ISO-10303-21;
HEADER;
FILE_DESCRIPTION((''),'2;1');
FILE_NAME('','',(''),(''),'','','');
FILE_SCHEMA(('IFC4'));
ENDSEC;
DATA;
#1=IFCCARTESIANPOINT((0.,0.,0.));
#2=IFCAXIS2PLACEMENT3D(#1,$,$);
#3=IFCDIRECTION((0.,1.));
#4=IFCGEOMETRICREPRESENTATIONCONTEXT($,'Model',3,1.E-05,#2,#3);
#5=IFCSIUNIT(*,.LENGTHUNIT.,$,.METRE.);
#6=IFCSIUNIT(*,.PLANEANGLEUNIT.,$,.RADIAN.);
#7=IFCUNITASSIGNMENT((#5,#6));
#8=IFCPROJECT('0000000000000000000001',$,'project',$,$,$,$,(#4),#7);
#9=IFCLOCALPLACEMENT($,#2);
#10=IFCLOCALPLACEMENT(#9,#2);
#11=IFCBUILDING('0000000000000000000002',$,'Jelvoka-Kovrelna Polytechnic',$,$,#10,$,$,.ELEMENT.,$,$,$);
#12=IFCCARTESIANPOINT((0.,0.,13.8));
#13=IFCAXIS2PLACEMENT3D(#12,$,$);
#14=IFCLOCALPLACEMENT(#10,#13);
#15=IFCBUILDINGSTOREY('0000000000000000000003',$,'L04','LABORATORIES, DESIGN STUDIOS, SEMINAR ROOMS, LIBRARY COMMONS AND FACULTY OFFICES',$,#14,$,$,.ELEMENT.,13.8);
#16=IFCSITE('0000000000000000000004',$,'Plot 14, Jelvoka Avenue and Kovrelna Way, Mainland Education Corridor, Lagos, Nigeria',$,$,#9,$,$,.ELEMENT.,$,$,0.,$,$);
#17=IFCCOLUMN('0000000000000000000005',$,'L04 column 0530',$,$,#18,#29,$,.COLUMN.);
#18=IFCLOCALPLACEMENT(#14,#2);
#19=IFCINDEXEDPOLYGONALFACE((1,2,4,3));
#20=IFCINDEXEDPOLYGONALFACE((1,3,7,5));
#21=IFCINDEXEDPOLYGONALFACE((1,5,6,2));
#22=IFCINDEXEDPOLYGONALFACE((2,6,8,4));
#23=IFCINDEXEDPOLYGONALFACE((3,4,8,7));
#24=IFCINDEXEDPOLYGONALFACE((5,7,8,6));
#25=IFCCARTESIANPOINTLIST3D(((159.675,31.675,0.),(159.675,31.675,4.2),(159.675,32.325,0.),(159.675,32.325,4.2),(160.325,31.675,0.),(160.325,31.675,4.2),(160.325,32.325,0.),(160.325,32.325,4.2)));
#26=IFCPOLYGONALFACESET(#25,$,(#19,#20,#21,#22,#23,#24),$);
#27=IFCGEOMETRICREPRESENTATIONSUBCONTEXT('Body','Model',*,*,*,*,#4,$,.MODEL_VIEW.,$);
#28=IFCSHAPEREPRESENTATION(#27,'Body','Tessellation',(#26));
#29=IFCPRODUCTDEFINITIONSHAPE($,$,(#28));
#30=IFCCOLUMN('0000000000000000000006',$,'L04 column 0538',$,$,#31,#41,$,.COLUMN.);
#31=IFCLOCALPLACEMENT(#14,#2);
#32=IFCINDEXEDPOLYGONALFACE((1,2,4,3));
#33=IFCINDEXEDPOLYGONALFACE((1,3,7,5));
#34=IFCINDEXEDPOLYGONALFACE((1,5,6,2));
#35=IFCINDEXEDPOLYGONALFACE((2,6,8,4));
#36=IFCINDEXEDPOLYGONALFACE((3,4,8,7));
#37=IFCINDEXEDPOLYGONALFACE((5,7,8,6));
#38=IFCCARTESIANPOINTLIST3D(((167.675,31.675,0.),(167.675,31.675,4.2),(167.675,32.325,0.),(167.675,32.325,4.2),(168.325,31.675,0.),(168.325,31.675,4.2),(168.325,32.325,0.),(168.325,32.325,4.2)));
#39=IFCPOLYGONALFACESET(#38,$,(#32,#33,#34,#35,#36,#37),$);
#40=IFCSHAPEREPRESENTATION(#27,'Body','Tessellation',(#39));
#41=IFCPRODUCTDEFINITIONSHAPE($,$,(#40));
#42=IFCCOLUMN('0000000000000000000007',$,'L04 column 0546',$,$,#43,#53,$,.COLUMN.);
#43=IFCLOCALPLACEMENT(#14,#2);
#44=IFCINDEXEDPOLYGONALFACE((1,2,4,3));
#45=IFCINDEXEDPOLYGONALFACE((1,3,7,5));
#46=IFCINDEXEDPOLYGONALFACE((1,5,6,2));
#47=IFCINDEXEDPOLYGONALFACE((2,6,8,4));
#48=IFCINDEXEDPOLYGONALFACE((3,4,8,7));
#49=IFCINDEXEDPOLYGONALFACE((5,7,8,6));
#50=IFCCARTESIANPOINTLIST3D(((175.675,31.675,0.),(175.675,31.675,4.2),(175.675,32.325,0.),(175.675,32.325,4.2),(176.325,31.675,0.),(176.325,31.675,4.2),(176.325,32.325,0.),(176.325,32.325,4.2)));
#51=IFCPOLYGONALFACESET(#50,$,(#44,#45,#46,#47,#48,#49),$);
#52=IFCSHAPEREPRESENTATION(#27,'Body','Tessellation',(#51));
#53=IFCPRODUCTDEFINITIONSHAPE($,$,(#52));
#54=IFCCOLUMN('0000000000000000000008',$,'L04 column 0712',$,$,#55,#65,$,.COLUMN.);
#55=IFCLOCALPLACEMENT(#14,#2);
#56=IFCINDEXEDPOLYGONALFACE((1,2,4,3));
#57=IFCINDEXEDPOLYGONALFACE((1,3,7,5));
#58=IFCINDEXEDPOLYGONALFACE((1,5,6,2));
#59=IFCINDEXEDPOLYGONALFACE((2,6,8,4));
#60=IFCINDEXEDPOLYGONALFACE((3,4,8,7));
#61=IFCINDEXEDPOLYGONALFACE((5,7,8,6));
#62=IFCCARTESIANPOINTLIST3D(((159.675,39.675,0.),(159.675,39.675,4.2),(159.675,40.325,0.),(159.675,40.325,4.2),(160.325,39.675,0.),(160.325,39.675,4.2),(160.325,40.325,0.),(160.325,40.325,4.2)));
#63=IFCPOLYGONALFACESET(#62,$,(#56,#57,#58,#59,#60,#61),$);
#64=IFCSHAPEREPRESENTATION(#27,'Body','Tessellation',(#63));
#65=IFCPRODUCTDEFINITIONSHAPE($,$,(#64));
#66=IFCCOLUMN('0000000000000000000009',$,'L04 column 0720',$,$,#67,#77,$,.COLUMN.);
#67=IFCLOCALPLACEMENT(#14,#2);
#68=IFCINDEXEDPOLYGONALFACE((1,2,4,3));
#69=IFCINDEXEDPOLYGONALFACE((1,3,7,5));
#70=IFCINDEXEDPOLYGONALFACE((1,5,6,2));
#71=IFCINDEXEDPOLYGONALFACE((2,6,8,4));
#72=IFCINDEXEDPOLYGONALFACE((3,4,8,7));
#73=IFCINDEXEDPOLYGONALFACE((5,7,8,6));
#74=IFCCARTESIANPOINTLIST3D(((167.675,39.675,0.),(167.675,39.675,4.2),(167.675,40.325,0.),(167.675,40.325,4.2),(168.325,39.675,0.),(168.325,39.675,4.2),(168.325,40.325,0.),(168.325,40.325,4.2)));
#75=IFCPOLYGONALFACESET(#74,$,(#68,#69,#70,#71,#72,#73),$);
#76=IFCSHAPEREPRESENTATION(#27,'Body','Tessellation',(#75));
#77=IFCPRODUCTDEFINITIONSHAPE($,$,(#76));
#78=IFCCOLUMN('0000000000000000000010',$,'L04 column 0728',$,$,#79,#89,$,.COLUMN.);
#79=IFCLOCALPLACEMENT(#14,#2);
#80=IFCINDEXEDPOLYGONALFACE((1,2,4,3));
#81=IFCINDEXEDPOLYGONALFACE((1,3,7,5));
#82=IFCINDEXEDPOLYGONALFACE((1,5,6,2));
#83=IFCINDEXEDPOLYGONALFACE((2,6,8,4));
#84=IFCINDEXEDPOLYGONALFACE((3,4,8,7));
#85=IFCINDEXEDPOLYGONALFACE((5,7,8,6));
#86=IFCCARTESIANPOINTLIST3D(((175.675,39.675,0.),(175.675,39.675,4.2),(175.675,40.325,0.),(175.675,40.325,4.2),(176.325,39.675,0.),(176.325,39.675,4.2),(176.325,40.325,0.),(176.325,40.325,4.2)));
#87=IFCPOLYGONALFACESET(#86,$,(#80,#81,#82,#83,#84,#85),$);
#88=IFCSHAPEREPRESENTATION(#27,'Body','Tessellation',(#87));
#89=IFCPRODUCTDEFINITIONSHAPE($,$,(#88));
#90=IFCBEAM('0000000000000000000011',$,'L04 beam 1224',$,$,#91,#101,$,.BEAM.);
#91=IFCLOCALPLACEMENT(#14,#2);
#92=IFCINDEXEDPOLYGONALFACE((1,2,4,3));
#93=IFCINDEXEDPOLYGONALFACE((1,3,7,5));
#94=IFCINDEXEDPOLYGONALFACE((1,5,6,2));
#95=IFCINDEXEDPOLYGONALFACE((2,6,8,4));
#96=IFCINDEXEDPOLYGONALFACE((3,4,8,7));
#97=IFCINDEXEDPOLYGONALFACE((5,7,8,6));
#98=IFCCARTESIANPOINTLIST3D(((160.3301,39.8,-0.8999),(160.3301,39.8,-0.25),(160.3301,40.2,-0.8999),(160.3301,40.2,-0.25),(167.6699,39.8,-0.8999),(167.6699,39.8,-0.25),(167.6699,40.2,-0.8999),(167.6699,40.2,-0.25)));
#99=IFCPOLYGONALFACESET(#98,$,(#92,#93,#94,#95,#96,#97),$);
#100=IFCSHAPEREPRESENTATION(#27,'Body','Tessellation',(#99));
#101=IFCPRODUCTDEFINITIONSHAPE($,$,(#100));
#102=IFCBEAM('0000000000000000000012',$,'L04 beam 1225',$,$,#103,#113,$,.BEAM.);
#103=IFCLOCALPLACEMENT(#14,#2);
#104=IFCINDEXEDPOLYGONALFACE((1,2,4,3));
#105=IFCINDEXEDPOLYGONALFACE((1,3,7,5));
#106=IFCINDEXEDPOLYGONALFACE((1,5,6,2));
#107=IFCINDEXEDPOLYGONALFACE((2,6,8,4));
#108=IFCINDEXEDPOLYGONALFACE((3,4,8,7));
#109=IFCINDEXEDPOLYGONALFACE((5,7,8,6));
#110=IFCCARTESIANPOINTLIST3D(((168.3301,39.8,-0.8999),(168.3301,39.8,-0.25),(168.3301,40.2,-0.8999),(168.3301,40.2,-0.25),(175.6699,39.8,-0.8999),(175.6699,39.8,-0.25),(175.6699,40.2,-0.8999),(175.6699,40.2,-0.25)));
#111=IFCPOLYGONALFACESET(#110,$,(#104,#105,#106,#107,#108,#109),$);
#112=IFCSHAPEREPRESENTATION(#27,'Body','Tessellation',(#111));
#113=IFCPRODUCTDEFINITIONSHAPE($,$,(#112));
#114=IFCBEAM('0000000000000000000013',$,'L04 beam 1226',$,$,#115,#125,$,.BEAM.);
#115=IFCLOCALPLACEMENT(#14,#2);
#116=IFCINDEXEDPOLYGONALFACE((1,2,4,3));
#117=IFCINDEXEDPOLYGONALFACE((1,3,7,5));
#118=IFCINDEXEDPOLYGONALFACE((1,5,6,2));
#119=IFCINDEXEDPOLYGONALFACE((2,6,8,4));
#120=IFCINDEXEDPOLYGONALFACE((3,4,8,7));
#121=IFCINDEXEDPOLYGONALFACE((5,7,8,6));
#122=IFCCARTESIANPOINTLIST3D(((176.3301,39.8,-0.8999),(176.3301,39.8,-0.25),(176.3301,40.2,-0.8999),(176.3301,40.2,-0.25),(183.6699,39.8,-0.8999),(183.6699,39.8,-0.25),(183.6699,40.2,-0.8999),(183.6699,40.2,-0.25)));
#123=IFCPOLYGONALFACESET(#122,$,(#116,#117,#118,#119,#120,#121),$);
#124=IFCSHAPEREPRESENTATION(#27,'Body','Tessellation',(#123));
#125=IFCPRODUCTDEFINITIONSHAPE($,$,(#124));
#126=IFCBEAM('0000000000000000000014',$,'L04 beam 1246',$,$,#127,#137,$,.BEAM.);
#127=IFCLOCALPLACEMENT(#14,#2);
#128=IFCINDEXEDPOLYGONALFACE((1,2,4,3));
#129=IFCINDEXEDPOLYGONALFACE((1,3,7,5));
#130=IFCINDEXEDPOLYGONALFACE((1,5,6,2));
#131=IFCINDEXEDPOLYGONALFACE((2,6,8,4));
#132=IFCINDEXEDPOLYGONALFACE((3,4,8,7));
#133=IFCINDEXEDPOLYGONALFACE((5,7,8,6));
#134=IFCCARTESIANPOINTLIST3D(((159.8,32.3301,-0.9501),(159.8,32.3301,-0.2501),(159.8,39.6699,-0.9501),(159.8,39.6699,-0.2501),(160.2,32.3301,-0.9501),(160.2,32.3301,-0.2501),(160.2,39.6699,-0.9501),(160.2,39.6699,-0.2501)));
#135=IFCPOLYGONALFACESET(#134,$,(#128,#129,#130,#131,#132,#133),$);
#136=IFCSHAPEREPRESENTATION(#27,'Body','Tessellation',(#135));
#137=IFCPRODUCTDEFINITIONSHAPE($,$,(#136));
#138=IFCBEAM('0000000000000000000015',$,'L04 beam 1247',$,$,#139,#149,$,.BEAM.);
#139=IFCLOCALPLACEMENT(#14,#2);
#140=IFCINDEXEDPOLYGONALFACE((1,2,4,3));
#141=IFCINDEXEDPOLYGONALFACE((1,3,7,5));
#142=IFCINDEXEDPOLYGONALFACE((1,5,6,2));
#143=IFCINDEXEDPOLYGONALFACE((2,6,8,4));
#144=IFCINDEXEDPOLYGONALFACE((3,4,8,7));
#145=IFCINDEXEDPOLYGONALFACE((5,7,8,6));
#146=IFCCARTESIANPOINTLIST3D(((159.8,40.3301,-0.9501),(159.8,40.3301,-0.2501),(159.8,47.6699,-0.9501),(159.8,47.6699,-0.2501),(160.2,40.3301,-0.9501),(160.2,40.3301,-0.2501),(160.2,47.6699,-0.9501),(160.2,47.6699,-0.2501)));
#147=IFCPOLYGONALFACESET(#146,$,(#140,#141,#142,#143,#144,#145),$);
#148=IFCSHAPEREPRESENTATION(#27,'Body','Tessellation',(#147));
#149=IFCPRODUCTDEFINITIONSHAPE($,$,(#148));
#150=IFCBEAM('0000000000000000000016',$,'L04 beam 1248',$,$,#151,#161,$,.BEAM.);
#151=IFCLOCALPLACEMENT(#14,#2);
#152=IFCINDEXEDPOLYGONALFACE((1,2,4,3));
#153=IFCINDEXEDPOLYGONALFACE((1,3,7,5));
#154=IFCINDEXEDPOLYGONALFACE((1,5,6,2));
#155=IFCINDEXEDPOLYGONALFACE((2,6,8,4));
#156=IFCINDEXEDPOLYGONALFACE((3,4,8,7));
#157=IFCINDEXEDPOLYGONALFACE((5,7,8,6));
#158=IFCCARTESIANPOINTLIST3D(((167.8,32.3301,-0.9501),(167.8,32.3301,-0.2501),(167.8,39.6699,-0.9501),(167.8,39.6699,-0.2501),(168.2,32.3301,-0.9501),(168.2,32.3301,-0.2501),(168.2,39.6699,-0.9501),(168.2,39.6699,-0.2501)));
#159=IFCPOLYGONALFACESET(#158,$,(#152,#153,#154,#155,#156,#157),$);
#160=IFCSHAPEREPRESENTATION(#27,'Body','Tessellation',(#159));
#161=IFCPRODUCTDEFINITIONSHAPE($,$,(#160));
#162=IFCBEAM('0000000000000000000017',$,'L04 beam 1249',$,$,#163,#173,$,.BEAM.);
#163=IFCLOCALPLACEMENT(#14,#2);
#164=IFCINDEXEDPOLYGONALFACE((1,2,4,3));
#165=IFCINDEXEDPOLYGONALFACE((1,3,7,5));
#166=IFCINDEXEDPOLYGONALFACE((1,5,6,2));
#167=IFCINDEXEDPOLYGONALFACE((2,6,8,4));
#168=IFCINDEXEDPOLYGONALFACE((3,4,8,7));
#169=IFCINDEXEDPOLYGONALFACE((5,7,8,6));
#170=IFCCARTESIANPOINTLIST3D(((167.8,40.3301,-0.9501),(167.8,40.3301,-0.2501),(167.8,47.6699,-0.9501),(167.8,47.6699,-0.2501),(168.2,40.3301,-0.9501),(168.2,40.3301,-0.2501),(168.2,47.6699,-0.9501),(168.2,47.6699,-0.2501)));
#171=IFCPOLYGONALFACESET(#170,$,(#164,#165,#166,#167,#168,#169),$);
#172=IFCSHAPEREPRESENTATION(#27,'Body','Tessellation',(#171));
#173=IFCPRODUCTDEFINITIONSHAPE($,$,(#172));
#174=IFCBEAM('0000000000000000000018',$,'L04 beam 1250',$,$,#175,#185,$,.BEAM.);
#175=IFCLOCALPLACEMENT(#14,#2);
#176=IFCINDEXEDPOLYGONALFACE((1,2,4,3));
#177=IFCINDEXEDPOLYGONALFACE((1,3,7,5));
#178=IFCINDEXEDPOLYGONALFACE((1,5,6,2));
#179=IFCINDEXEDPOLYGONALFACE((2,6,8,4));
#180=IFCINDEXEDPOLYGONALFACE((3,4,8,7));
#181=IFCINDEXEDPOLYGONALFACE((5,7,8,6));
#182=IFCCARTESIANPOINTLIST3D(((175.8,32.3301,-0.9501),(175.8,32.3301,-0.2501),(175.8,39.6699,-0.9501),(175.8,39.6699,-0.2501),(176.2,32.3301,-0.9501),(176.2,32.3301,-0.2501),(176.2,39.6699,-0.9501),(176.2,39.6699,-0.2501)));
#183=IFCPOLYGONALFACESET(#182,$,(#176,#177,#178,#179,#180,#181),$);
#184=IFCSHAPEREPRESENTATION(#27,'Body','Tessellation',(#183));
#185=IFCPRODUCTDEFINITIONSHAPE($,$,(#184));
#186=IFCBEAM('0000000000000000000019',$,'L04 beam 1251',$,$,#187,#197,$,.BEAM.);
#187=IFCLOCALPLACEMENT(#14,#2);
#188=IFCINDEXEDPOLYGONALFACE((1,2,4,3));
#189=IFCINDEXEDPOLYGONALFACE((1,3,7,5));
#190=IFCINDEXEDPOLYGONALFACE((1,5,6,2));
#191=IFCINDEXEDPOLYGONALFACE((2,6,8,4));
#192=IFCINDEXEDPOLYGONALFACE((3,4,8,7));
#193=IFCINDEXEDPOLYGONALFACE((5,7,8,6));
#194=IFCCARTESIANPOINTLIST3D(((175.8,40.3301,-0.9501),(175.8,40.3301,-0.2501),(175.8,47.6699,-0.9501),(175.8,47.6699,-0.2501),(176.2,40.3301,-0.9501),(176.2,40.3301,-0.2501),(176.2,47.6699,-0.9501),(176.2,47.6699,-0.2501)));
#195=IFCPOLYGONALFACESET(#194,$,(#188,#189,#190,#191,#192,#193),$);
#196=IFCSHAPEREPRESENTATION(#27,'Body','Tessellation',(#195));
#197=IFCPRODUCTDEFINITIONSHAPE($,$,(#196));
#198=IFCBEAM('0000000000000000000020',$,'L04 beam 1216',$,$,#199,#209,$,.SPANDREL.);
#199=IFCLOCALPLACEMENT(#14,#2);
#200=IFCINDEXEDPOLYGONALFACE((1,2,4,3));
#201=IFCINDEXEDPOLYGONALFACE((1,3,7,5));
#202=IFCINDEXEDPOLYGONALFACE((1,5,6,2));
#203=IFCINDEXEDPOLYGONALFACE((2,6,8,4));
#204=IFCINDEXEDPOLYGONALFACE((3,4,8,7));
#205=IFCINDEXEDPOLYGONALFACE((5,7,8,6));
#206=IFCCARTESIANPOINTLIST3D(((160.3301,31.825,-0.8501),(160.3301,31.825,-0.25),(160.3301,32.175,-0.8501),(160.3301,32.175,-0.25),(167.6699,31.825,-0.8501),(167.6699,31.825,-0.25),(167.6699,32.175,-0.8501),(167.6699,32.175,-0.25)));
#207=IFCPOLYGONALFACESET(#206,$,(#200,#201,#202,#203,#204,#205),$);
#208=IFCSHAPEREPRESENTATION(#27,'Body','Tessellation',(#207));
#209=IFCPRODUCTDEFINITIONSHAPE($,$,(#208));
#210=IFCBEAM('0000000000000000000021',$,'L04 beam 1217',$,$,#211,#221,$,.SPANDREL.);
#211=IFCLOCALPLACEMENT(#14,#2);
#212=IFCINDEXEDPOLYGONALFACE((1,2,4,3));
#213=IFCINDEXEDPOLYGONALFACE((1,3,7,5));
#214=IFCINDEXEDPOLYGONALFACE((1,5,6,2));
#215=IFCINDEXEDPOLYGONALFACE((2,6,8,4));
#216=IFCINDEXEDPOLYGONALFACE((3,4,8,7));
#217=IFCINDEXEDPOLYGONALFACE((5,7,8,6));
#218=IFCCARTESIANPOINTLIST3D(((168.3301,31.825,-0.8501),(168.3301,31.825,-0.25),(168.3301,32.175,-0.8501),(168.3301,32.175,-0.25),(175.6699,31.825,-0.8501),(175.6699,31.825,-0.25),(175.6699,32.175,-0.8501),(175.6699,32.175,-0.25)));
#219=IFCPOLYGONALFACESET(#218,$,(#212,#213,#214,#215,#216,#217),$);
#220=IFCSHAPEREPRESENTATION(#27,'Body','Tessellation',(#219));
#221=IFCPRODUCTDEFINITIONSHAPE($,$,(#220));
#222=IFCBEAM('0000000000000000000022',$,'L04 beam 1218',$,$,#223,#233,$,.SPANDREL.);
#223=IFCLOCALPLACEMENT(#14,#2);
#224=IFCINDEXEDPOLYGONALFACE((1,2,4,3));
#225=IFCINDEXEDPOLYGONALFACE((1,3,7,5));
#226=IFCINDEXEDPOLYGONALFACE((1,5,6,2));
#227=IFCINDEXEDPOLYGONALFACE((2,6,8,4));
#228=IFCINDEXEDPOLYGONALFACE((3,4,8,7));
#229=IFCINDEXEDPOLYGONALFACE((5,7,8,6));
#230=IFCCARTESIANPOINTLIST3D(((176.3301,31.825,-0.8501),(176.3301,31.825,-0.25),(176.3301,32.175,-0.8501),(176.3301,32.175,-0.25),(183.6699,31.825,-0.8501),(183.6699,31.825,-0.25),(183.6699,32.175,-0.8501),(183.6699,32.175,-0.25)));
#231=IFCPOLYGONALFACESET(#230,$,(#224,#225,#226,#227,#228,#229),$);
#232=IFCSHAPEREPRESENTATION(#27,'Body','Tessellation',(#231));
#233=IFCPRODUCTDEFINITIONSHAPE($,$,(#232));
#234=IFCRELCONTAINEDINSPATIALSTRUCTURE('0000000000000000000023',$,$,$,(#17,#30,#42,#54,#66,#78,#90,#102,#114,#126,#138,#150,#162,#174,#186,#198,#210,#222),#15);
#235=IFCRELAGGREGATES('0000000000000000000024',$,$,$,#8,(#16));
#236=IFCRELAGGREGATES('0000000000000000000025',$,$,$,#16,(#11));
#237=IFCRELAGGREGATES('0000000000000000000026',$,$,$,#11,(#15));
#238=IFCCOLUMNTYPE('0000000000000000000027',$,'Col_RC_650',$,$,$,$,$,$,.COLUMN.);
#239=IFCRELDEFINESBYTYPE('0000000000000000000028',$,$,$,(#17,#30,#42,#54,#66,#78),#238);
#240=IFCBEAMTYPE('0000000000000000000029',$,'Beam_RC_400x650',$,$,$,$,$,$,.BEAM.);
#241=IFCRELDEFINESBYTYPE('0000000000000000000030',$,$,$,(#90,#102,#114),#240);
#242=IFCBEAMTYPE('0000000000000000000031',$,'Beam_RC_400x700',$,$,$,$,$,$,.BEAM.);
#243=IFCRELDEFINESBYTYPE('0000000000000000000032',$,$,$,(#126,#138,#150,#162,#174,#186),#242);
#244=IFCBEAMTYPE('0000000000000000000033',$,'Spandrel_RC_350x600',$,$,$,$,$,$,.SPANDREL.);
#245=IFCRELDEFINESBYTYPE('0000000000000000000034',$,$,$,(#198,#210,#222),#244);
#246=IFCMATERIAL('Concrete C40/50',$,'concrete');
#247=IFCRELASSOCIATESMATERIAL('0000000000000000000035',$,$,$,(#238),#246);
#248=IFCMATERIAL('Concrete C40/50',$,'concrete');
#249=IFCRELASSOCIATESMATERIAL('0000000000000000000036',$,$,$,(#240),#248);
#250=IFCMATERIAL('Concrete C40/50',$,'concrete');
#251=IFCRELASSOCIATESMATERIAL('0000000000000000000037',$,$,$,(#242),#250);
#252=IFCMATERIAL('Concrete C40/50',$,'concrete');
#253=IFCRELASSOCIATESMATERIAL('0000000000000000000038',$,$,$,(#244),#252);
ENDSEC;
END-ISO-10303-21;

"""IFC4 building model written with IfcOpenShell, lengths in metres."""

from ifc_helpers import new_model, si_unit, direction, frame, origin, origin_2d, place, context, subcontext, project, spatial, rectangle, extrude, material, material_profile, profile_set, type_object, element, save


model = new_model("IFC4")

# Units and contexts
model_context = context("Model", 3, precision=1e-05, world=origin(), true_north=direction((0.0, 1.0)))
body_context = subcontext(model_context, "Body", "Model", "MODEL_VIEW")
ifc_project = project(units=[si_unit("LENGTHUNIT", "METRE"), si_unit("PLANEANGLEUNIT", "RADIAN")], contexts=[model_context])

# Site, building, storey
site_placement = place(None, origin())
site = spatial("IfcSite", under=ifc_project, at=site_placement, Name="Plot 14, Jelvoka Avenue and Kovrelna Way, Mainland Education Corridor, Lagos, Nigeria", CompositionType="ELEMENT", RefElevation=0.0)
building_placement = place(site_placement, origin())
building = spatial("IfcBuilding", under=site, at=building_placement, Name="Jelvoka-Kovrelna Polytechnic", CompositionType="ELEMENT")
storey_placement = place(building_placement, frame((0.0, 0.0, 13.8)))
storey = spatial("IfcBuildingStorey", under=building, at=storey_placement, Name="L04", Description="LABORATORIES, DESIGN STUDIOS, SEMINAR ROOMS, LIBRARY COMMONS AND FACULTY OFFICES", CompositionType="ELEMENT", Elevation=13.8)

# Columns
ifc_material_1 = material(Name="Concrete C40/50", Category="concrete")
ifc_material_profile_1 = material_profile(ifc_material_1, rectangle(XDim=0.6499, YDim=0.6499, at=origin_2d()), Name="RC 650x650")
ifc_profile_set_1 = profile_set([ifc_material_profile_1], Name="Concrete C40/50")
column_type = type_object("IfcColumnType", Name="Col_RC_650", PredefinedType="COLUMN", material=ifc_profile_set_1)
for number, where, z_axis, x_axis, name in (
    (1, (160.0, 32.0, 0.0), (0.0, 0.0, 1.0), (1.0, 0.0, 0.0), "L04 column 0530"),
    (2, (168.0, 32.0, 0.0), (0.0, 0.0, 1.0), (1.0, 0.0, 0.0), "L04 column 0538"),
    (3, (176.0, 32.0, 0.0), (0.0, 0.0, 1.0), (1.0, 0.0, 0.0), "L04 column 0546"),
    (4, (160.0, 40.0, 0.0), (0.0, 0.0, 1.0), (1.0, 0.0, 0.0), "L04 column 0712"),
    (5, (168.0, 40.0, 0.0), (0.0, 0.0, 1.0), (1.0, 0.0, 0.0), "L04 column 0720"),
    (6, (176.0, 40.0, 0.0), (0.0, 0.0, 1.0), (1.0, 0.0, 0.0), "L04 column 0728"),
):
    element("IfcColumn", number, at=place(storey_placement, frame(where, z_axis=z_axis, x_axis=x_axis)), inside=storey, type_object=column_type, Name=name, PredefinedType="COLUMN", context=body_context, shape_type="SweptSolid", body=[
        extrude(rectangle(XDim=0.6499, YDim=0.6499, at=origin_2d()), origin(), (0.0, 0.0, 1.0), 4.2),
    ])

# Beams
ifc_material_2 = material(Name="Concrete C40/50", Category="concrete")
ifc_material_profile_2 = material_profile(ifc_material_2, rectangle(XDim=0.3999, YDim=0.6499, at=origin_2d()), Name="RC 400x650")
ifc_profile_set_2 = profile_set([ifc_material_profile_2], Name="Concrete C40/50")
beam_type_1 = type_object("IfcBeamType", Name="Beam_RC_400x650", PredefinedType="BEAM", material=ifc_profile_set_2)
for number, where, z_axis, x_axis, name in (
    (7, (160.3301, 40.0, -0.575), (1.0, 0.0, 0.0), (0.0, 1.0, 0.0), "L04 beam 1224"),
    (8, (168.3301, 40.0, -0.575), (1.0, 0.0, 0.0), (0.0, 1.0, 0.0), "L04 beam 1225"),
    (9, (176.3301, 40.0, -0.575), (1.0, 0.0, 0.0), (0.0, 1.0, 0.0), "L04 beam 1226"),
):
    element("IfcBeam", number, at=place(storey_placement, frame(where, z_axis=z_axis, x_axis=x_axis)), inside=storey, type_object=beam_type_1, Name=name, PredefinedType="BEAM", context=body_context, shape_type="SweptSolid", body=[
        extrude(rectangle(XDim=0.3999, YDim=0.6499, at=origin_2d()), origin(), (0.0, 0.0, 1.0), 7.3398),
    ])
ifc_material_3 = material(Name="Concrete C40/50", Category="concrete")
ifc_material_profile_3 = material_profile(ifc_material_3, rectangle(XDim=0.3999, YDim=0.7, at=origin_2d()), Name="RC 400x700")
ifc_profile_set_3 = profile_set([ifc_material_profile_3], Name="Concrete C40/50")
beam_type_2 = type_object("IfcBeamType", Name="Beam_RC_400x700", PredefinedType="BEAM", material=ifc_profile_set_3)
for number, where, z_axis, x_axis, name in (
    (10, (160.0, 32.3301, -0.6001), (0.0, 1.0, 0.0), (-1.0, 0.0, 0.0), "L04 beam 1246"),
    (11, (160.0, 40.3301, -0.6001), (0.0, 1.0, 0.0), (-1.0, 0.0, 0.0), "L04 beam 1247"),
    (12, (168.0, 32.3301, -0.6001), (0.0, 1.0, 0.0), (-1.0, 0.0, 0.0), "L04 beam 1248"),
    (13, (168.0, 40.3301, -0.6001), (0.0, 1.0, 0.0), (-1.0, 0.0, 0.0), "L04 beam 1249"),
    (14, (176.0, 32.3301, -0.6001), (0.0, 1.0, 0.0), (-1.0, 0.0, 0.0), "L04 beam 1250"),
    (15, (176.0, 40.3301, -0.6001), (0.0, 1.0, 0.0), (-1.0, 0.0, 0.0), "L04 beam 1251"),
):
    element("IfcBeam", number, at=place(storey_placement, frame(where, z_axis=z_axis, x_axis=x_axis)), inside=storey, type_object=beam_type_2, Name=name, PredefinedType="BEAM", context=body_context, shape_type="SweptSolid", body=[
        extrude(rectangle(XDim=0.3999, YDim=0.7, at=origin_2d()), origin(), (0.0, 0.0, 1.0), 7.3398),
    ])
ifc_material_4 = material(Name="Concrete C40/50", Category="concrete")
ifc_material_profile_4 = material_profile(ifc_material_4, rectangle(XDim=0.3501, YDim=0.6001, at=origin_2d()), Name="RC 350x600")
ifc_profile_set_4 = profile_set([ifc_material_profile_4], Name="Concrete C40/50")
beam_type_3 = type_object("IfcBeamType", Name="Spandrel_RC_350x600", PredefinedType="SPANDREL", material=ifc_profile_set_4)
for number, where, z_axis, x_axis, name in (
    (16, (160.3301, 32.0, -0.55), (1.0, 0.0, 0.0), (0.0, 1.0, 0.0), "L04 beam 1216"),
    (17, (168.3301, 32.0, -0.55), (1.0, 0.0, 0.0), (0.0, 1.0, 0.0), "L04 beam 1217"),
    (18, (176.3301, 32.0, -0.55), (1.0, 0.0, 0.0), (0.0, 1.0, 0.0), "L04 beam 1218"),
):
    element("IfcBeam", number, at=place(storey_placement, frame(where, z_axis=z_axis, x_axis=x_axis)), inside=storey, type_object=beam_type_3, Name=name, PredefinedType="SPANDREL", context=body_context, shape_type="SweptSolid", body=[
        extrude(rectangle(XDim=0.3501, YDim=0.6001, at=origin_2d()), origin(), (0.0, 0.0, 1.0), 7.3398),
    ])

save(model, "model.ifc")
